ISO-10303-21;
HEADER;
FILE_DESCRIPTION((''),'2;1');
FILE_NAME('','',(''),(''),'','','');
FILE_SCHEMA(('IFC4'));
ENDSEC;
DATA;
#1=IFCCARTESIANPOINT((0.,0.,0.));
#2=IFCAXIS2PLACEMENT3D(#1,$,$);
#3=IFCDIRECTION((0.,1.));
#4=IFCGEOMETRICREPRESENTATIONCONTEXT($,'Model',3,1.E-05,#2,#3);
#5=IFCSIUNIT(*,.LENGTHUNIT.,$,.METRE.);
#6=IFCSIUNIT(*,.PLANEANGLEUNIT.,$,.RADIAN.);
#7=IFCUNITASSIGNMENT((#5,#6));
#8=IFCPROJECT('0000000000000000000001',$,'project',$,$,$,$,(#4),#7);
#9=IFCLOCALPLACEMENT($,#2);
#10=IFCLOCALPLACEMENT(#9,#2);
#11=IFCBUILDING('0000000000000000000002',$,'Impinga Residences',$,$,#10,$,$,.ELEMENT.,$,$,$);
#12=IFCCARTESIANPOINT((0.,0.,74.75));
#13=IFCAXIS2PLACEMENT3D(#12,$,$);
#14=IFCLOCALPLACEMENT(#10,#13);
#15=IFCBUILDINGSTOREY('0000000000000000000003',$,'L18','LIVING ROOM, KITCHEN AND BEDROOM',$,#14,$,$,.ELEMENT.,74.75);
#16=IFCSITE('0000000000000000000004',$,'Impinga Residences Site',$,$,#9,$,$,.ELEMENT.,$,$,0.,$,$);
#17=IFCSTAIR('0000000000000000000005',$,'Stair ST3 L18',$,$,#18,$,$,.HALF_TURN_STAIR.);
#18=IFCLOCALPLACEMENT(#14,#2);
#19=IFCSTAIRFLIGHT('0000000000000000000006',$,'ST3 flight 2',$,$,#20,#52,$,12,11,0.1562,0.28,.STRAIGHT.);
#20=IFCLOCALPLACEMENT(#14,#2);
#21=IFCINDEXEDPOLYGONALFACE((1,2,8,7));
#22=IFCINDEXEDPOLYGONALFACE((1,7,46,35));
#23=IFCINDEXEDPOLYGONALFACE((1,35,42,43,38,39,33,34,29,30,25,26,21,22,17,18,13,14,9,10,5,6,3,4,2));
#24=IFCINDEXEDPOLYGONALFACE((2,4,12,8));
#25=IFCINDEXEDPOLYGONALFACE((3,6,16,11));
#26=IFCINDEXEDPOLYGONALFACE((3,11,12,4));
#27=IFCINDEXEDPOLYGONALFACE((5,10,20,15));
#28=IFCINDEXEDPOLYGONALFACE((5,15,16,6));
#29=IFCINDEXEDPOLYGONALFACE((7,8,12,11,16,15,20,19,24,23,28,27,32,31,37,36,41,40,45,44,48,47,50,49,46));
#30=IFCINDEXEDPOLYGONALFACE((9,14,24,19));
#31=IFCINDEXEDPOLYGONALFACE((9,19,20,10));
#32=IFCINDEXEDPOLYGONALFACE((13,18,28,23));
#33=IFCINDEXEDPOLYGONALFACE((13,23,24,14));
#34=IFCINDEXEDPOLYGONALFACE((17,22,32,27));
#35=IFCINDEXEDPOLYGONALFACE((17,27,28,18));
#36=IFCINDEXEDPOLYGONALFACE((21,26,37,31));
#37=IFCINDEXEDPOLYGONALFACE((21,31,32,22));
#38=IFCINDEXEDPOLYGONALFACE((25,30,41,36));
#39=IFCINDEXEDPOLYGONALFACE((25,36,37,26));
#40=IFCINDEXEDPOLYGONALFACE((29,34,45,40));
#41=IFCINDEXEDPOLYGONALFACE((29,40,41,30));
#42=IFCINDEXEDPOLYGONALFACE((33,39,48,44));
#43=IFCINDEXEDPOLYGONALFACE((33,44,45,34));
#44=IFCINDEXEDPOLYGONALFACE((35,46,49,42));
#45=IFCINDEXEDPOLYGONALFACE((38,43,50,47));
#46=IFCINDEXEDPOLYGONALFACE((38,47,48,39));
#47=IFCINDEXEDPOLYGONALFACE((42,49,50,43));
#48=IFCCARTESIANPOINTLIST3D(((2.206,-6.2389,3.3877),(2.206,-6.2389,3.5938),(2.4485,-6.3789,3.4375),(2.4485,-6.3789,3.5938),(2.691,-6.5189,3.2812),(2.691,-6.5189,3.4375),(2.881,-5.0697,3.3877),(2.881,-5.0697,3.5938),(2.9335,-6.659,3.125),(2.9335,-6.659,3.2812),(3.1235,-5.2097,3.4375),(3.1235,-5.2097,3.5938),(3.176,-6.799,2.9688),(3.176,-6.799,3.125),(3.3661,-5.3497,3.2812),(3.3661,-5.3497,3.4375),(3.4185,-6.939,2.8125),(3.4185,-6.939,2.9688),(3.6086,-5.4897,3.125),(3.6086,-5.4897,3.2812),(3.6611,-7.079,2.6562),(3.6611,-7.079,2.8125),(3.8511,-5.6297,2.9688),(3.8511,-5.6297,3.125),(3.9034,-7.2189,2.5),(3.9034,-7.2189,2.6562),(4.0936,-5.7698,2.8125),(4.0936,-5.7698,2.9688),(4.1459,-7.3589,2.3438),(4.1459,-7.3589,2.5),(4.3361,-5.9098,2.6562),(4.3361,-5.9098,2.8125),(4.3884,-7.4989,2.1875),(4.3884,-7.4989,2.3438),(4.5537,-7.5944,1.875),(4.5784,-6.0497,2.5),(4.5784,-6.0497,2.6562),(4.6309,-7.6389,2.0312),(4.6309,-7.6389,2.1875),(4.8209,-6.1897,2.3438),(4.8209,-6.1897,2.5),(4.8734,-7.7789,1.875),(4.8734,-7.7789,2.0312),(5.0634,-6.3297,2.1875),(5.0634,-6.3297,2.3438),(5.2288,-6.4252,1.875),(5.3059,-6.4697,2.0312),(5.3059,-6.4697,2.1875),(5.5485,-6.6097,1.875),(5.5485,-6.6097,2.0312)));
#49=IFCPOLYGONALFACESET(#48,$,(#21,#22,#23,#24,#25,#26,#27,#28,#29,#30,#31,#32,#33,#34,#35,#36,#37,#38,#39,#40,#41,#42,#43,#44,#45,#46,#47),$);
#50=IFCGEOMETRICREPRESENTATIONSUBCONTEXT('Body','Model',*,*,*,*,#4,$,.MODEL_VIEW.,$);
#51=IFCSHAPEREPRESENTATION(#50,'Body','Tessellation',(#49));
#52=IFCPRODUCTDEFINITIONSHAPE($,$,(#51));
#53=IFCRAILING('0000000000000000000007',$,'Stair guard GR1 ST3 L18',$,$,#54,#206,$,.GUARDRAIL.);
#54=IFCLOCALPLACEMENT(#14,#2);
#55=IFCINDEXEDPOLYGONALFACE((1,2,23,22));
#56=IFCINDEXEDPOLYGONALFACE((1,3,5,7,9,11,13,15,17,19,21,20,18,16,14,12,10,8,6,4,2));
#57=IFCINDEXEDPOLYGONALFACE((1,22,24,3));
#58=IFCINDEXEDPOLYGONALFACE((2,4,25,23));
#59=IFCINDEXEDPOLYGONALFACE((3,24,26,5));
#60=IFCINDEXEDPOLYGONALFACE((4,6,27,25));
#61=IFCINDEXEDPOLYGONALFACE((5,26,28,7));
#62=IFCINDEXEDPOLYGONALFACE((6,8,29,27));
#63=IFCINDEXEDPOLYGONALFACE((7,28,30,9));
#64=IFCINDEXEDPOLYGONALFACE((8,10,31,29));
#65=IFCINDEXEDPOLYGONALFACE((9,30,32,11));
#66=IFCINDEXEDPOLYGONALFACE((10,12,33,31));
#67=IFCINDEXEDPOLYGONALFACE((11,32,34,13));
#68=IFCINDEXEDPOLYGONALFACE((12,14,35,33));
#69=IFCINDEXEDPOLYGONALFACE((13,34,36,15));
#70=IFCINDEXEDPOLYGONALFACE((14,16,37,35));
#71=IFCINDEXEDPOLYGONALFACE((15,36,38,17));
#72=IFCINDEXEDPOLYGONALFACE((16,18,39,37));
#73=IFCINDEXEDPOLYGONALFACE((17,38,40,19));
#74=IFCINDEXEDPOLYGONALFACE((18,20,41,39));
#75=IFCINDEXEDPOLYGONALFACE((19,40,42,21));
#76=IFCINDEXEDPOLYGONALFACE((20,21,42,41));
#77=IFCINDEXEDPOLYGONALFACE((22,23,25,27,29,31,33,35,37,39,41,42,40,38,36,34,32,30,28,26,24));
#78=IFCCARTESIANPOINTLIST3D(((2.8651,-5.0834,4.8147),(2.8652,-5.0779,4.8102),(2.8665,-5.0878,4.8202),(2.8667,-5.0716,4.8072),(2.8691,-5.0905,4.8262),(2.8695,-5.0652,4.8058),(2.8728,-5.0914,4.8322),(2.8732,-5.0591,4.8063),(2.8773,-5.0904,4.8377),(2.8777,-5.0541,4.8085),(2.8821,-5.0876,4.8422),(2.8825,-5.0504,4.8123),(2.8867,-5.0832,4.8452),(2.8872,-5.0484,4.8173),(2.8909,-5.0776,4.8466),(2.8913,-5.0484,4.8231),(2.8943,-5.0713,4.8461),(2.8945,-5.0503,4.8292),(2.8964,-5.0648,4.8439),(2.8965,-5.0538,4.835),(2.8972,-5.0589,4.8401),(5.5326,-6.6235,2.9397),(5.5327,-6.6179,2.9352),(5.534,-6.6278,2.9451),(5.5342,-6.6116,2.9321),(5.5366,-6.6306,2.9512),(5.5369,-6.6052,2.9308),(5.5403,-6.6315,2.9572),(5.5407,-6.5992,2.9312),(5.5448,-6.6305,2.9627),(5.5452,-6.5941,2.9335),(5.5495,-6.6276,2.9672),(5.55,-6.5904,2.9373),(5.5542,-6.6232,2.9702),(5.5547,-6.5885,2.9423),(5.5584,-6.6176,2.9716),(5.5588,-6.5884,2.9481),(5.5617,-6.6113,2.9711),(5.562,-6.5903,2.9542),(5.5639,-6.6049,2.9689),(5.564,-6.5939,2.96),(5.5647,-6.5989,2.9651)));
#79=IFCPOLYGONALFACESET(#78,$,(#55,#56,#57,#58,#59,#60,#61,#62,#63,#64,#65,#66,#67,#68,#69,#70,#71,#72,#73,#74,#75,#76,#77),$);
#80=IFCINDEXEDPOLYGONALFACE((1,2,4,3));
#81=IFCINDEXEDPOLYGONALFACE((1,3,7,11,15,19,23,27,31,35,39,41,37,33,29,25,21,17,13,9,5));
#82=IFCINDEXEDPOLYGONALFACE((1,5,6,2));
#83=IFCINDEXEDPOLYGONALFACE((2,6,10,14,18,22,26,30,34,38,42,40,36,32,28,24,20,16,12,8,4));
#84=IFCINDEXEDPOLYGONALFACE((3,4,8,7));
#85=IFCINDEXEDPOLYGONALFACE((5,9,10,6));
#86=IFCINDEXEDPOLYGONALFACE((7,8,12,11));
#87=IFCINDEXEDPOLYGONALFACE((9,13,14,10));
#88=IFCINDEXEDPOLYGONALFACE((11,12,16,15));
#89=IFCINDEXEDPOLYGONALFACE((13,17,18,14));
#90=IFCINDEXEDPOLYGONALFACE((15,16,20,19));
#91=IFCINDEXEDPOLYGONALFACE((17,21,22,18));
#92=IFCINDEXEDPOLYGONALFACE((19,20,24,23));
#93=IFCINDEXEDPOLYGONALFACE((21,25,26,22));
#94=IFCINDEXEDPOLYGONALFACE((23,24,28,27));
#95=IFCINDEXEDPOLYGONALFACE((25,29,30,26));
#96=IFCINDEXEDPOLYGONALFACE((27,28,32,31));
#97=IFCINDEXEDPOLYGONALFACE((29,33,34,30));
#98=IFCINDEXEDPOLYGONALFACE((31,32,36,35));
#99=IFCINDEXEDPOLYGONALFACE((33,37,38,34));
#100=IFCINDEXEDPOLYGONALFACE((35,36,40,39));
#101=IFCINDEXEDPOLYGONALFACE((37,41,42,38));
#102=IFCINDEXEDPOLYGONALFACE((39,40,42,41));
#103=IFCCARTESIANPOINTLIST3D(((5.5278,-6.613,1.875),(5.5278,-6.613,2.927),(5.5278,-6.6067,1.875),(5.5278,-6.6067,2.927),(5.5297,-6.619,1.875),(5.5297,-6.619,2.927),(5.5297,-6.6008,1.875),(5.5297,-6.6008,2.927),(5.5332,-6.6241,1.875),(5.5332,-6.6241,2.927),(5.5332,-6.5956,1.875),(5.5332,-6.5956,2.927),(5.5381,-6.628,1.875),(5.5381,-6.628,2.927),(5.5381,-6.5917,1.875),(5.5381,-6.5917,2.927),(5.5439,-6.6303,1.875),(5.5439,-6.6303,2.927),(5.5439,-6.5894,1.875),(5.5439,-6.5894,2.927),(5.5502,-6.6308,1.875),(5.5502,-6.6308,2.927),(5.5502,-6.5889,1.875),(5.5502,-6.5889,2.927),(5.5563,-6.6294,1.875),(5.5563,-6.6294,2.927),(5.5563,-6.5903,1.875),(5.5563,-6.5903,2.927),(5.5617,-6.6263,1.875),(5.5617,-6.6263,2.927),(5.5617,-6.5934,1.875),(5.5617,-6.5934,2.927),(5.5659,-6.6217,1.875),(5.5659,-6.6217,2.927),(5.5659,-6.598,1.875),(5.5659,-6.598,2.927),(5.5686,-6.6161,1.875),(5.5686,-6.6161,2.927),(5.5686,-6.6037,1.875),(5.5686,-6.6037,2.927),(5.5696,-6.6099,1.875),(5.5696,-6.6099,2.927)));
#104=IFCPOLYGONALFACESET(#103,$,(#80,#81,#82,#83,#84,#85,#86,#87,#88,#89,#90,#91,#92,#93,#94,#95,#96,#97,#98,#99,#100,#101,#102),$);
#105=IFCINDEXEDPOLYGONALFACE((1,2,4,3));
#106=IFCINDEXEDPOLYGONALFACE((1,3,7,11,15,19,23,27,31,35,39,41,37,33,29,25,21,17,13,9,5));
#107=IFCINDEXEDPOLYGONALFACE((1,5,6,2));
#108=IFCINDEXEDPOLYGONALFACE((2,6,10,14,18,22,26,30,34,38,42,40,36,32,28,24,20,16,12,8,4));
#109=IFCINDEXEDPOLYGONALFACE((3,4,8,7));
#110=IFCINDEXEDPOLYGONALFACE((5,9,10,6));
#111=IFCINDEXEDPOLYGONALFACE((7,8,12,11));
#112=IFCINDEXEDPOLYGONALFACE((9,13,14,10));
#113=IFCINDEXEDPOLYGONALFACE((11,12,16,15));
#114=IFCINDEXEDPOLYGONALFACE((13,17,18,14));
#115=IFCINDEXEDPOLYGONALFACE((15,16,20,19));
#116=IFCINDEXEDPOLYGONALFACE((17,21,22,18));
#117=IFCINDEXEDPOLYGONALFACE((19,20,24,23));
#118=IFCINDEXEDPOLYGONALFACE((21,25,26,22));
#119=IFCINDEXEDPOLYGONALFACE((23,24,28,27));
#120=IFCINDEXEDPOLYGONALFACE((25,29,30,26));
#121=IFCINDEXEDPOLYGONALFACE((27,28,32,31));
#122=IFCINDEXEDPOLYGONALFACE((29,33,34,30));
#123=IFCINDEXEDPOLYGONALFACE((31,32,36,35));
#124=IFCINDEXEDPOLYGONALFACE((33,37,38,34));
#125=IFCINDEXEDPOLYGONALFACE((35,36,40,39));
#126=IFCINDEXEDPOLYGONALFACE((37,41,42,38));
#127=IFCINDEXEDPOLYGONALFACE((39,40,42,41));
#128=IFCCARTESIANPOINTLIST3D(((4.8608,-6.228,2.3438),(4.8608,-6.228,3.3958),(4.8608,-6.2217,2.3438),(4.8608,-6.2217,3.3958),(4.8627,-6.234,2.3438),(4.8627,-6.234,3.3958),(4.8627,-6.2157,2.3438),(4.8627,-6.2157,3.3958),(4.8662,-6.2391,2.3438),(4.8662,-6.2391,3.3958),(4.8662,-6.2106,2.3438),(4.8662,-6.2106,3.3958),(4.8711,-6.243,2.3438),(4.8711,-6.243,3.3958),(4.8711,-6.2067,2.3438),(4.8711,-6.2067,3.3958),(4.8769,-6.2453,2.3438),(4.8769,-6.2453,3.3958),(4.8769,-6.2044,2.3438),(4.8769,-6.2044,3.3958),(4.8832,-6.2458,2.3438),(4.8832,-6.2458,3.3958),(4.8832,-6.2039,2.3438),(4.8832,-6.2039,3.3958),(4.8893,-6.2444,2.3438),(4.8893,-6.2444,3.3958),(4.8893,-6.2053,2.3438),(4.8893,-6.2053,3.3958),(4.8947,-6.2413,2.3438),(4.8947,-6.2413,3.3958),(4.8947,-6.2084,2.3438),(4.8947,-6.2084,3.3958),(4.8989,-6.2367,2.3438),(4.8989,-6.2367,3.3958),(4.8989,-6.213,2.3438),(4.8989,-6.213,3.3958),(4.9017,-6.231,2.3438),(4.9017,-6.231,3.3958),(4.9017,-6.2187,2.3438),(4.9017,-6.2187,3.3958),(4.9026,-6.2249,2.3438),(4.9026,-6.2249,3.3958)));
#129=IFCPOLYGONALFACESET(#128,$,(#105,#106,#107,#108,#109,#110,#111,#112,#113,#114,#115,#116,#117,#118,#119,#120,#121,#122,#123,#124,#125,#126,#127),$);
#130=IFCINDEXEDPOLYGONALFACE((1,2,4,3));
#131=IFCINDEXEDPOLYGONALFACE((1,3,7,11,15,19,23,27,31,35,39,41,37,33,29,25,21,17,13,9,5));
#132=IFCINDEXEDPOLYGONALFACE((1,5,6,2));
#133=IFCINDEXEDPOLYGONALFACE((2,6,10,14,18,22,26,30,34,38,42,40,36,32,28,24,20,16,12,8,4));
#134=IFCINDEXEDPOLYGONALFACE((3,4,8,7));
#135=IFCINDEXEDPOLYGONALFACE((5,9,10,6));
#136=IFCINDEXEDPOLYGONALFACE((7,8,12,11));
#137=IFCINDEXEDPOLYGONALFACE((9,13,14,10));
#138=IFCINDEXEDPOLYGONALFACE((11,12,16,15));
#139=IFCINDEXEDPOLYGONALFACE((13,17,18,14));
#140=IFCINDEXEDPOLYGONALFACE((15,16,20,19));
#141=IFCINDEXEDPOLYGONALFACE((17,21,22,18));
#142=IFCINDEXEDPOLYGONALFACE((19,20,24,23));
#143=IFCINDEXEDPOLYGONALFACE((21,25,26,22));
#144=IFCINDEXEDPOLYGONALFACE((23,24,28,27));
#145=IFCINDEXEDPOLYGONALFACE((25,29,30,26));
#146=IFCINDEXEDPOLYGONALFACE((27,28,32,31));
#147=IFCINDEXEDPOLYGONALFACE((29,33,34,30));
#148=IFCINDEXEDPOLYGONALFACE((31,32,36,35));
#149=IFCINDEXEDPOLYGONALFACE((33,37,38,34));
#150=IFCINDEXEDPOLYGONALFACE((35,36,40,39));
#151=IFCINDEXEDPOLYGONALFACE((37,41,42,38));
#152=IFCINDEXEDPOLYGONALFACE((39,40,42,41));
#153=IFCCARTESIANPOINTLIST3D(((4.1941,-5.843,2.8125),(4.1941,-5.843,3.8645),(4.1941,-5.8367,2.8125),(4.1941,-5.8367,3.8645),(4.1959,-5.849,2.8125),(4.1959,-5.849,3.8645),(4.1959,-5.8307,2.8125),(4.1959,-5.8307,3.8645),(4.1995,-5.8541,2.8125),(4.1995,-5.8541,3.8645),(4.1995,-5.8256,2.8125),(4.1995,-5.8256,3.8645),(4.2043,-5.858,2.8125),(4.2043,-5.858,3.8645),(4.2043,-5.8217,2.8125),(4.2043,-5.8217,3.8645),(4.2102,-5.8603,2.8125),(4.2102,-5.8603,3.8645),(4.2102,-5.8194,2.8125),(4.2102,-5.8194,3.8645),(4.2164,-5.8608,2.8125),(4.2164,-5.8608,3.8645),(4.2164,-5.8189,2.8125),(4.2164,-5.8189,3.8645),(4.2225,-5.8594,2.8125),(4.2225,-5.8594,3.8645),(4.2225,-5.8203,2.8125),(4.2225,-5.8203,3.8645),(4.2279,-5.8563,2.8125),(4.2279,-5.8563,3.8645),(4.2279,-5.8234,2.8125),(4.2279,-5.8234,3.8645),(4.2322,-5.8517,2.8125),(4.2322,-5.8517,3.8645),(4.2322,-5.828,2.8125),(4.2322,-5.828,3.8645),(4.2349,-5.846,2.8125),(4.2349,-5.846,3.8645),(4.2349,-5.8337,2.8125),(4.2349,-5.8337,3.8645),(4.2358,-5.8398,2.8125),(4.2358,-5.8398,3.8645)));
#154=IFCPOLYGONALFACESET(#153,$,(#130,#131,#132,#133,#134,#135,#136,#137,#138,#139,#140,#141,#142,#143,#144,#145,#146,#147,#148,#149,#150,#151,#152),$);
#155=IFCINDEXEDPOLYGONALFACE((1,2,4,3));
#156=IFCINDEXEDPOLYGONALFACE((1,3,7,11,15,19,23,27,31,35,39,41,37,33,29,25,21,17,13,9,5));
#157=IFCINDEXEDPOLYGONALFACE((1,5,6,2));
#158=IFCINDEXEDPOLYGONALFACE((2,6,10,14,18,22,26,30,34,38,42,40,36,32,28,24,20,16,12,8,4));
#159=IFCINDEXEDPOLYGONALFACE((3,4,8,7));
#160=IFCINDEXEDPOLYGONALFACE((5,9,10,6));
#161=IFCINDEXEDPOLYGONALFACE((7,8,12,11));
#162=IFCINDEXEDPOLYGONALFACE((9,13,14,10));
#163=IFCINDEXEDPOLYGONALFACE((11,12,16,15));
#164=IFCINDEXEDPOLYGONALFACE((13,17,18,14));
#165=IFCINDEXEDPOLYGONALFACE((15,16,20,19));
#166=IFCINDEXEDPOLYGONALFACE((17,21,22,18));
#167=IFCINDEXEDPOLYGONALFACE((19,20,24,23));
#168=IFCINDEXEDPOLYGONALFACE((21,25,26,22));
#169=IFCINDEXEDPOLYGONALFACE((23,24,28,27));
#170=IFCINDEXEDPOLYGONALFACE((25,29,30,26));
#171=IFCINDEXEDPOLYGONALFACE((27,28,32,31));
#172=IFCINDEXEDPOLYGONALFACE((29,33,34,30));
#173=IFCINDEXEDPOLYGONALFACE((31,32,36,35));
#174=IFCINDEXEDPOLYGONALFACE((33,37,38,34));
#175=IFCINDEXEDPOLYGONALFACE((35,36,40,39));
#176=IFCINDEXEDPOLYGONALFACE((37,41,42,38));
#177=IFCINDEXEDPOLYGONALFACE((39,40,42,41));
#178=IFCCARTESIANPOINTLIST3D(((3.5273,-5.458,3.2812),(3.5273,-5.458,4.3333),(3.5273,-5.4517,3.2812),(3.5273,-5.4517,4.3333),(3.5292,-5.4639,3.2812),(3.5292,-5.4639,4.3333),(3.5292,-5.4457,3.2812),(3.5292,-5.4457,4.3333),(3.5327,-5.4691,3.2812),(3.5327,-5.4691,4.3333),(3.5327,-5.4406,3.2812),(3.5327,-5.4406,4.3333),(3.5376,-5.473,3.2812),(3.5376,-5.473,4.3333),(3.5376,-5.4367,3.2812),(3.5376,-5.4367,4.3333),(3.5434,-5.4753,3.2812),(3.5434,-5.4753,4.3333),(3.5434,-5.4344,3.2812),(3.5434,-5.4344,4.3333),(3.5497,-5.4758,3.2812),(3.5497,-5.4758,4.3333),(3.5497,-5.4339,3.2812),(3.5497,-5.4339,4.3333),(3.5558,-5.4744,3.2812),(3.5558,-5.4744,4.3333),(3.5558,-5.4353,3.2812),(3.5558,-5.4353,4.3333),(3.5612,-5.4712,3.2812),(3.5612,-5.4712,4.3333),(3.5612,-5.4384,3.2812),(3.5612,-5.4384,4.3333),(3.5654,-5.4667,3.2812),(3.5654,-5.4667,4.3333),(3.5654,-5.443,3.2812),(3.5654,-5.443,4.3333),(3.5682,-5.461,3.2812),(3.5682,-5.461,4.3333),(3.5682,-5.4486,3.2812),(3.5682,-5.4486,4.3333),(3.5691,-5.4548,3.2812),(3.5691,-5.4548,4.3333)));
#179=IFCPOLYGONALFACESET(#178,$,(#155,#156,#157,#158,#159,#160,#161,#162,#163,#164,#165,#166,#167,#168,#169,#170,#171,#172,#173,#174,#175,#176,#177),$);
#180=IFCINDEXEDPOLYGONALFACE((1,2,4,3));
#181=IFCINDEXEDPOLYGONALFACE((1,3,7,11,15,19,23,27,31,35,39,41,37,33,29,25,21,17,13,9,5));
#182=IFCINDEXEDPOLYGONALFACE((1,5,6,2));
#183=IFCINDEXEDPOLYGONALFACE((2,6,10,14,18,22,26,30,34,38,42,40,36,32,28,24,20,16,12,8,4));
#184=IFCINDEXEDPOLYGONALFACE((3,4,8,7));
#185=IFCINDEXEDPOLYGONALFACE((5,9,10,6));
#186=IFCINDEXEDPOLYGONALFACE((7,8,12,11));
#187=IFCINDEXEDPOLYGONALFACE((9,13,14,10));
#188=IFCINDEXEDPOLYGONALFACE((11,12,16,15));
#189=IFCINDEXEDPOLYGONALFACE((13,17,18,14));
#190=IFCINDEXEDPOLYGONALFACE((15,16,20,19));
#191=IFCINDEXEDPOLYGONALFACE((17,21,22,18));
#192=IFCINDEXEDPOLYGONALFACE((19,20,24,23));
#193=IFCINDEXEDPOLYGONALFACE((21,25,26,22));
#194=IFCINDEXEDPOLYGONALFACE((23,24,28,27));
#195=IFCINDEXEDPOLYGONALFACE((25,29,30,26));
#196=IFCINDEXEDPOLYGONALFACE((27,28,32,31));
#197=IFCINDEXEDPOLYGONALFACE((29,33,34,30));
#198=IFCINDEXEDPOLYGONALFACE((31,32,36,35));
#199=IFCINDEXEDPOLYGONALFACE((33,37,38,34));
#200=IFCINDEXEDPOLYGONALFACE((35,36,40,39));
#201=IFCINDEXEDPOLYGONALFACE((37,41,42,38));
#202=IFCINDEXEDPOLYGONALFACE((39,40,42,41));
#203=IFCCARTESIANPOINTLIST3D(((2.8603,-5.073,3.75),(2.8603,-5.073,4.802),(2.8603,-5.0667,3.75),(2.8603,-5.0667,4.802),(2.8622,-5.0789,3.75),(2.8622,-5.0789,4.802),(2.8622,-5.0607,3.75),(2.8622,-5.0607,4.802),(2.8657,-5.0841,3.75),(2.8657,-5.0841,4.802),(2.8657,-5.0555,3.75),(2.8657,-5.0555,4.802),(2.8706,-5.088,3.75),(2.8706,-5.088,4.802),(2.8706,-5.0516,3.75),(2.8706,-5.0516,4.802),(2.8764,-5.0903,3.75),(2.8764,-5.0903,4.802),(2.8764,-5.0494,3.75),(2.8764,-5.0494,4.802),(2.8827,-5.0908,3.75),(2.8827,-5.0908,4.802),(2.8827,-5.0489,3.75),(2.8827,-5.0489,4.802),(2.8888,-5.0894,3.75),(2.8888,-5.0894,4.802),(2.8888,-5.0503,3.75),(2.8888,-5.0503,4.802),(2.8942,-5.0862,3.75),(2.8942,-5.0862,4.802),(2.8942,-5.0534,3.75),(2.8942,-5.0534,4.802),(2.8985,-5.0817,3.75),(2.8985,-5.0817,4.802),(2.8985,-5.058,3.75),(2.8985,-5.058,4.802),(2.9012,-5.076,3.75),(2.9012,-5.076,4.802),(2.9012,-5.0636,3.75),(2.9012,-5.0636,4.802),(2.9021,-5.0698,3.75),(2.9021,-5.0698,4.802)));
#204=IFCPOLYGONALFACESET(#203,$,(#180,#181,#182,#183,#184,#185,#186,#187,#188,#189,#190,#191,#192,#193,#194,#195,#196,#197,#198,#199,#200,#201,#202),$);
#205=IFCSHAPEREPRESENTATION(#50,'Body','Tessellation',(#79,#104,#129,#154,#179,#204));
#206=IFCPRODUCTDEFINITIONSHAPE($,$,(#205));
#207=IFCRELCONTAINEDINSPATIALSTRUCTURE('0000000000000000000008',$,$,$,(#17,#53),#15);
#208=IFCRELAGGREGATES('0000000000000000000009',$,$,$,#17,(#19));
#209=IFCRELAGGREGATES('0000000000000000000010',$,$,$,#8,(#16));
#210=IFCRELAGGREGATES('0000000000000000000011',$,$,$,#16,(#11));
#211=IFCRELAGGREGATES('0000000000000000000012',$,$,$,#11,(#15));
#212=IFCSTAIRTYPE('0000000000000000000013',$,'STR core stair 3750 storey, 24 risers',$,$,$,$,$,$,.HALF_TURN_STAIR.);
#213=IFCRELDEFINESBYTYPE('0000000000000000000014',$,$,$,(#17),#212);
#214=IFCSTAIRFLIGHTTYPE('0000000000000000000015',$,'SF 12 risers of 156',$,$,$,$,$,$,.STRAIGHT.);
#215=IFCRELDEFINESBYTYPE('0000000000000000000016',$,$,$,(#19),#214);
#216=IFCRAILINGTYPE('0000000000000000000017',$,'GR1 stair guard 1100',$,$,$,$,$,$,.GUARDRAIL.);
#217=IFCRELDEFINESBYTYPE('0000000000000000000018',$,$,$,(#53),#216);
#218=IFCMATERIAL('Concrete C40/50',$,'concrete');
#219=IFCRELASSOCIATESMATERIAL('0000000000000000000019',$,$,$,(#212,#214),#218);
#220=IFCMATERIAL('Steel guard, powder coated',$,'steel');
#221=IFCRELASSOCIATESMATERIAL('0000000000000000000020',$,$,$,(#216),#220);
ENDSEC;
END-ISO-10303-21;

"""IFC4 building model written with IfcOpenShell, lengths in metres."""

from ifc_helpers import new_model, si_unit, direction, frame, origin, origin_2d, place, context, subcontext, project, spatial, polyline, circle, outline, extrude, material, type_object, element, aggregate, save


model = new_model("IFC4")

# Units and contexts
model_context = context("Model", 3, precision=1e-05, world=origin(), true_north=direction((0.0, 1.0)))
body_context = subcontext(model_context, "Body", "Model", "MODEL_VIEW")
ifc_project = project(units=[si_unit("LENGTHUNIT", "METRE"), si_unit("PLANEANGLEUNIT", "RADIAN")], contexts=[model_context])

# Site, building, storey
site_placement = place(None, origin())
site = spatial("IfcSite", under=ifc_project, at=site_placement, Name="Impinga Residences Site", CompositionType="ELEMENT", RefElevation=0.0)
building_placement = place(site_placement, origin())
building = spatial("IfcBuilding", under=site, at=building_placement, Name="Impinga Residences", CompositionType="ELEMENT")
storey_placement = place(building_placement, frame((0.0, 0.0, 74.75)))
storey = spatial("IfcBuildingStorey", under=building, at=storey_placement, Name="L18", Description="LIVING ROOM, KITCHEN AND BEDROOM", CompositionType="ELEMENT", Elevation=74.75)

# Stair, stair flight
ifc_material_1 = material(Name="Concrete C40/50", Category="concrete")
stair_type = type_object("IfcStairType", Name="STR core stair 3750 storey, 24 risers", PredefinedType="HALF_TURN_STAIR", material=ifc_material_1)
stair_placement = place(storey_placement, origin())
stair = element("IfcStair", 1, at=stair_placement, inside=storey, type_object=stair_type, Name="Stair ST3 L18", PredefinedType="HALF_TURN_STAIR")
stair_flight_type = type_object("IfcStairFlightType", Name="SF 12 risers of 156", PredefinedType="STRAIGHT", material=ifc_material_1)
stair_flight_placement = place(storey_placement, frame((5.2109, -7.1943, 1.875), z_axis=(0.0, 0.0, 1.0), x_axis=(-0.866025, 0.5, 0.0)))
stair_flight = element("IfcStairFlight", 2, at=stair_flight_placement, type_object=stair_flight_type, Name="ST3 flight 2", NumberOfRisers=12, NumberOfTreads=11, PredefinedType="STRAIGHT", RiserHeight=0.1562, TreadLength=0.28, context=body_context, shape_type="SweptSolid", body=[
    extrude(outline(polyline([(0.0, 0.0), (0.0, 0.1562), (0.28, 0.1562), (0.28, 0.3125), (0.5601, 0.3125), (0.5601, 0.4688), (0.8401, 0.4688), (0.8401, 0.625), (1.1201, 0.625), (1.1201, 0.7812), (1.3999, 0.7812), (1.3999, 0.9375), (1.6799, 0.9375), (1.6799, 1.0938), (1.96, 1.0938), (1.96, 1.25), (2.24, 1.25), (2.24, 1.4062), (2.52, 1.4062), (2.52, 1.5625), (2.8, 1.5625), (2.8, 1.7188), (3.0801, 1.7188), (3.0801, 1.875), (3.0801, 1.5127), (0.3691, 0.0), (0.0, 0.0)])), frame((0.0, 0.675, 0.0), z_axis=(0.0, -1.0, 0.0), x_axis=(1.0, 0.0, 0.0)), (0.0, 0.0, 1.0), 1.3501),
])
aggregate(stair, [stair_flight])

# Railing
ifc_material_2 = material(Name="Steel guard, powder coated", Category="steel")
railing_type_1 = type_object("IfcRailingType", Name="GR1 stair guard 1100", PredefinedType="GUARDRAIL", material=ifc_material_2)
railing_1_placement = place(storey_placement, frame((5.5486, -6.6099, 1.875)))
element("IfcRailing", 3, at=railing_1_placement, inside=storey, type_object=railing_type_1, Name="Stair guard GR1 ST3 L18", PredefinedType="GUARDRAIL", context=body_context, shape_type="SweptSolid", body=[
    extrude(circle(Radius=0.0239, at=origin_2d()), frame((0.0, 0.0, 1.0762), z_axis=(-0.739746, 0.427084, 0.519975), x_axis=(-0.499992, -0.86603, 0.0)), (0.0, 0.0, 1.0), 3.606),
    extrude(circle(Radius=0.021, at=origin_2d()), origin(), (0.0, 0.0, 1.0), 1.052),
    extrude(circle(Radius=0.021, at=origin_2d()), frame((-0.667, 0.385, 0.4688)), (0.0, 0.0, 1.0), 1.052),
    extrude(circle(Radius=0.021, at=origin_2d()), frame((-1.3337, 0.77, 0.9375)), (0.0, 0.0, 1.0), 1.052),
    extrude(circle(Radius=0.021, at=origin_2d()), frame((-2.0005, 1.155, 1.4062)), (0.0, 0.0, 1.0), 1.052),
    extrude(circle(Radius=0.021, at=origin_2d()), frame((-2.6675, 1.54, 1.875)), (0.0, 0.0, 1.0), 1.052),
])

save(model, "model.ifc")
